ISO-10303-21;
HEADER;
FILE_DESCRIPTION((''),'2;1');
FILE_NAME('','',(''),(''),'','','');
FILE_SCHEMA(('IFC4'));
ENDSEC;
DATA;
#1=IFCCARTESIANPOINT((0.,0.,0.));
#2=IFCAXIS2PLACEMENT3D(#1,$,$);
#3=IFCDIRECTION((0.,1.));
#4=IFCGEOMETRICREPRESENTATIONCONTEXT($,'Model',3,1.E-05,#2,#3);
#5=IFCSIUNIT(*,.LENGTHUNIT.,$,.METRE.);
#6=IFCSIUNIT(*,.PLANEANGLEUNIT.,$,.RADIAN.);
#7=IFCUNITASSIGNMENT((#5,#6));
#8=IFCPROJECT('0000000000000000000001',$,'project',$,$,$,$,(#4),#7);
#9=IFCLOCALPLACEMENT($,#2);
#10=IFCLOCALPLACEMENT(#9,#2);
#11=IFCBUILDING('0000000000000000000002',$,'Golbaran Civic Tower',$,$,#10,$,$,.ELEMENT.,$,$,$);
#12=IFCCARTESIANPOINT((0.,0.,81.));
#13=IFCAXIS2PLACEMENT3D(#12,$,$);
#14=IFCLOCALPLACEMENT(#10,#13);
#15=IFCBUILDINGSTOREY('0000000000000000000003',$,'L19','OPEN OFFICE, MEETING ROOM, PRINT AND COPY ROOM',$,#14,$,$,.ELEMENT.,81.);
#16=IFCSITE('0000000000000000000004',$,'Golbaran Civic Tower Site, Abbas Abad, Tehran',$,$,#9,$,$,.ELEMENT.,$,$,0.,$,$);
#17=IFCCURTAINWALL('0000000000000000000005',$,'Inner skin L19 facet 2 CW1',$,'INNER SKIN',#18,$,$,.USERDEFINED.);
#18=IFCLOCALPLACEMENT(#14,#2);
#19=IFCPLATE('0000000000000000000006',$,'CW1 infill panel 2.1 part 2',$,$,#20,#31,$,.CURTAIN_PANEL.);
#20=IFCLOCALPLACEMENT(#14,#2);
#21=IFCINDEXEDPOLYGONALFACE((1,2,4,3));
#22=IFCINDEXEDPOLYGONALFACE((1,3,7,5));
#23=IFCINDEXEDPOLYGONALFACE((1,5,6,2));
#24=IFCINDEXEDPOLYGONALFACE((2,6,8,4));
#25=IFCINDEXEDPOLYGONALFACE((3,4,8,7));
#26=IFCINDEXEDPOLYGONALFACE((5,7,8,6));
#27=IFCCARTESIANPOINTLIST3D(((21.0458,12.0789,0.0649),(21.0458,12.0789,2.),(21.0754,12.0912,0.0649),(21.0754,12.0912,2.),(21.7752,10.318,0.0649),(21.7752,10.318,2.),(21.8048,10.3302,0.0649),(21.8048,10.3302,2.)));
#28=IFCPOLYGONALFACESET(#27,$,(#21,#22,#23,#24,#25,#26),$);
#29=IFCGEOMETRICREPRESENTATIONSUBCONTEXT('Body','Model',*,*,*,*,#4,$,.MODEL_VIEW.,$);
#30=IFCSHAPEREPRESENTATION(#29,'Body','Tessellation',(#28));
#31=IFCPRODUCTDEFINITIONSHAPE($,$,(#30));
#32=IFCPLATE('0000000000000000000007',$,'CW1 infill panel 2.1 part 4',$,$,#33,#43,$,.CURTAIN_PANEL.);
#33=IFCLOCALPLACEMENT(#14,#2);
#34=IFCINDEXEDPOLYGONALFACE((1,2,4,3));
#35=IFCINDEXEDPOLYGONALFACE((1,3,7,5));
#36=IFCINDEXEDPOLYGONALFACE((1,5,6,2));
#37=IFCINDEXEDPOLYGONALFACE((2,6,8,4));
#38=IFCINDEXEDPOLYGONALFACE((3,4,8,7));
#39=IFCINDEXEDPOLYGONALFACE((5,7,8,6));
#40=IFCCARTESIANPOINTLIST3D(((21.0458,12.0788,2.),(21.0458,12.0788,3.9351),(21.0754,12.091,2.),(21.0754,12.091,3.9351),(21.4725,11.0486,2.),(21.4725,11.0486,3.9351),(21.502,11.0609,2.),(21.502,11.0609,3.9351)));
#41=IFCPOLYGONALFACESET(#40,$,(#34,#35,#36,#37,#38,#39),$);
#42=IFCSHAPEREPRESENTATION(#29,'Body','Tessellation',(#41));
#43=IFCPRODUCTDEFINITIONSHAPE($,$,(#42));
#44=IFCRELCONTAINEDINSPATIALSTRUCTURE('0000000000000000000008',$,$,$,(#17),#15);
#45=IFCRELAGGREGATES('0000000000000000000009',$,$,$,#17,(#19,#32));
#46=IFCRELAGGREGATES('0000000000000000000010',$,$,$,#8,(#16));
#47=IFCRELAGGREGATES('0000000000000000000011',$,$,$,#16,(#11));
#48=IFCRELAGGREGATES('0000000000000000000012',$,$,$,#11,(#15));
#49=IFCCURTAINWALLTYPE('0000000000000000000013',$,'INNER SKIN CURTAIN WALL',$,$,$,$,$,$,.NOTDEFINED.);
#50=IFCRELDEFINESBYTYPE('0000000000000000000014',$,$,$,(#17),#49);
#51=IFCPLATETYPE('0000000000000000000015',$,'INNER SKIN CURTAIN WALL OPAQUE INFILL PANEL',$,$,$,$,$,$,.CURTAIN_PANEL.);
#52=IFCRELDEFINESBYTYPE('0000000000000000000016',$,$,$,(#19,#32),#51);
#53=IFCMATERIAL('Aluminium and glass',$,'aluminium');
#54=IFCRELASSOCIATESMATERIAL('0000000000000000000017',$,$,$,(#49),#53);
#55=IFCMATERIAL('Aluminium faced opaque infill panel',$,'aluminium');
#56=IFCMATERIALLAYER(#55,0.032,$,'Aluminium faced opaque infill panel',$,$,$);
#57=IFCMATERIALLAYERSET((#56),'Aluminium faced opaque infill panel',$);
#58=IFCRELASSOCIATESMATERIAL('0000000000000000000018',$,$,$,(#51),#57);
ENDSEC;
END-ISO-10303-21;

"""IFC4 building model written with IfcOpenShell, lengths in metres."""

from ifc_helpers import new_model, si_unit, direction, frame, origin, origin_2d, place, context, subcontext, project, spatial, rectangle, extrude, material, layer, layer_set, type_object, element, aggregate, save


model = new_model("IFC4")

# Units and contexts
model_context = context("Model", 3, precision=1e-05, world=origin(), true_north=direction((0.0, 1.0)))
body_context = subcontext(model_context, "Body", "Model", "MODEL_VIEW")
ifc_project = project(units=[si_unit("LENGTHUNIT", "METRE"), si_unit("PLANEANGLEUNIT", "RADIAN")], contexts=[model_context])

# Site, building, storey
site_placement = place(None, origin())
site = spatial("IfcSite", under=ifc_project, at=site_placement, Name="Golbaran Civic Tower Site, Abbas Abad, Tehran", CompositionType="ELEMENT", RefElevation=0.0)
building_placement = place(site_placement, origin())
building = spatial("IfcBuilding", under=site, at=building_placement, Name="Golbaran Civic Tower", CompositionType="ELEMENT")
storey_placement = place(building_placement, frame((0.0, 0.0, 81.0)))
storey = spatial("IfcBuildingStorey", under=building, at=storey_placement, Name="L19", Description="OPEN OFFICE, MEETING ROOM, PRINT AND COPY ROOM", CompositionType="ELEMENT", Elevation=81.0)

# Curtain wall
ifc_material_1 = material(Name="Aluminium and glass", Category="aluminium")
curtain_wall_type = type_object("IfcCurtainWallType", Name="INNER SKIN CURTAIN WALL", PredefinedType="NOTDEFINED", material=ifc_material_1)
curtain_wall_1_placement = place(storey_placement, origin())
curtain_wall_1 = element("IfcCurtainWall", 1, at=curtain_wall_1_placement, inside=storey, type_object=curtain_wall_type, Name="Inner skin L19 facet 2 CW1", ObjectType="INNER SKIN", PredefinedType="USERDEFINED")

# Plates
ifc_material_2 = material(Name="Aluminium faced opaque infill panel", Category="aluminium")
ifc_layer_1 = layer(ifc_material_2, 0.032, Name="Aluminium faced opaque infill panel")
ifc_layer_set_1 = layer_set([ifc_layer_1], Name="Aluminium faced opaque infill panel")
plate_type_1 = type_object("IfcPlateType", Name="INNER SKIN CURTAIN WALL OPAQUE INFILL PANEL", PredefinedType="CURTAIN_PANEL", material=ifc_layer_set_1)
plate_1_placement = place(storey_placement, frame((21.4253, 11.2046, 0.0649), z_axis=(0.0, 0.0, 1.0), x_axis=(-0.382683, 0.92388, 0.0)))
plate_1 = element("IfcPlate", 2, at=plate_1_placement, type_object=plate_type_1, Name="CW1 infill panel 2.1 part 2", PredefinedType="CURTAIN_PANEL", context=body_context, shape_type="SweptSolid", body=[
    extrude(rectangle(XDim=1.906, YDim=0.032, at=origin_2d()), origin(), (0.0, 0.0, 1.0), 1.9351),
])
plate_2_placement = place(storey_placement, frame((21.2739, 11.5698, 2.0), z_axis=(0.0, 0.0, 1.0), x_axis=(-0.382683, 0.92388, 0.0)))
plate_2 = element("IfcPlate", 3, at=plate_2_placement, type_object=plate_type_1, Name="CW1 infill panel 2.1 part 4", PredefinedType="CURTAIN_PANEL", context=body_context, shape_type="SweptSolid", body=[
    extrude(rectangle(XDim=1.115, YDim=0.032, at=origin_2d()), origin(), (0.0, 0.0, 1.0), 1.9351),
])
aggregate(curtain_wall_1, [plate_1, plate_2])

save(model, "model.ifc")
